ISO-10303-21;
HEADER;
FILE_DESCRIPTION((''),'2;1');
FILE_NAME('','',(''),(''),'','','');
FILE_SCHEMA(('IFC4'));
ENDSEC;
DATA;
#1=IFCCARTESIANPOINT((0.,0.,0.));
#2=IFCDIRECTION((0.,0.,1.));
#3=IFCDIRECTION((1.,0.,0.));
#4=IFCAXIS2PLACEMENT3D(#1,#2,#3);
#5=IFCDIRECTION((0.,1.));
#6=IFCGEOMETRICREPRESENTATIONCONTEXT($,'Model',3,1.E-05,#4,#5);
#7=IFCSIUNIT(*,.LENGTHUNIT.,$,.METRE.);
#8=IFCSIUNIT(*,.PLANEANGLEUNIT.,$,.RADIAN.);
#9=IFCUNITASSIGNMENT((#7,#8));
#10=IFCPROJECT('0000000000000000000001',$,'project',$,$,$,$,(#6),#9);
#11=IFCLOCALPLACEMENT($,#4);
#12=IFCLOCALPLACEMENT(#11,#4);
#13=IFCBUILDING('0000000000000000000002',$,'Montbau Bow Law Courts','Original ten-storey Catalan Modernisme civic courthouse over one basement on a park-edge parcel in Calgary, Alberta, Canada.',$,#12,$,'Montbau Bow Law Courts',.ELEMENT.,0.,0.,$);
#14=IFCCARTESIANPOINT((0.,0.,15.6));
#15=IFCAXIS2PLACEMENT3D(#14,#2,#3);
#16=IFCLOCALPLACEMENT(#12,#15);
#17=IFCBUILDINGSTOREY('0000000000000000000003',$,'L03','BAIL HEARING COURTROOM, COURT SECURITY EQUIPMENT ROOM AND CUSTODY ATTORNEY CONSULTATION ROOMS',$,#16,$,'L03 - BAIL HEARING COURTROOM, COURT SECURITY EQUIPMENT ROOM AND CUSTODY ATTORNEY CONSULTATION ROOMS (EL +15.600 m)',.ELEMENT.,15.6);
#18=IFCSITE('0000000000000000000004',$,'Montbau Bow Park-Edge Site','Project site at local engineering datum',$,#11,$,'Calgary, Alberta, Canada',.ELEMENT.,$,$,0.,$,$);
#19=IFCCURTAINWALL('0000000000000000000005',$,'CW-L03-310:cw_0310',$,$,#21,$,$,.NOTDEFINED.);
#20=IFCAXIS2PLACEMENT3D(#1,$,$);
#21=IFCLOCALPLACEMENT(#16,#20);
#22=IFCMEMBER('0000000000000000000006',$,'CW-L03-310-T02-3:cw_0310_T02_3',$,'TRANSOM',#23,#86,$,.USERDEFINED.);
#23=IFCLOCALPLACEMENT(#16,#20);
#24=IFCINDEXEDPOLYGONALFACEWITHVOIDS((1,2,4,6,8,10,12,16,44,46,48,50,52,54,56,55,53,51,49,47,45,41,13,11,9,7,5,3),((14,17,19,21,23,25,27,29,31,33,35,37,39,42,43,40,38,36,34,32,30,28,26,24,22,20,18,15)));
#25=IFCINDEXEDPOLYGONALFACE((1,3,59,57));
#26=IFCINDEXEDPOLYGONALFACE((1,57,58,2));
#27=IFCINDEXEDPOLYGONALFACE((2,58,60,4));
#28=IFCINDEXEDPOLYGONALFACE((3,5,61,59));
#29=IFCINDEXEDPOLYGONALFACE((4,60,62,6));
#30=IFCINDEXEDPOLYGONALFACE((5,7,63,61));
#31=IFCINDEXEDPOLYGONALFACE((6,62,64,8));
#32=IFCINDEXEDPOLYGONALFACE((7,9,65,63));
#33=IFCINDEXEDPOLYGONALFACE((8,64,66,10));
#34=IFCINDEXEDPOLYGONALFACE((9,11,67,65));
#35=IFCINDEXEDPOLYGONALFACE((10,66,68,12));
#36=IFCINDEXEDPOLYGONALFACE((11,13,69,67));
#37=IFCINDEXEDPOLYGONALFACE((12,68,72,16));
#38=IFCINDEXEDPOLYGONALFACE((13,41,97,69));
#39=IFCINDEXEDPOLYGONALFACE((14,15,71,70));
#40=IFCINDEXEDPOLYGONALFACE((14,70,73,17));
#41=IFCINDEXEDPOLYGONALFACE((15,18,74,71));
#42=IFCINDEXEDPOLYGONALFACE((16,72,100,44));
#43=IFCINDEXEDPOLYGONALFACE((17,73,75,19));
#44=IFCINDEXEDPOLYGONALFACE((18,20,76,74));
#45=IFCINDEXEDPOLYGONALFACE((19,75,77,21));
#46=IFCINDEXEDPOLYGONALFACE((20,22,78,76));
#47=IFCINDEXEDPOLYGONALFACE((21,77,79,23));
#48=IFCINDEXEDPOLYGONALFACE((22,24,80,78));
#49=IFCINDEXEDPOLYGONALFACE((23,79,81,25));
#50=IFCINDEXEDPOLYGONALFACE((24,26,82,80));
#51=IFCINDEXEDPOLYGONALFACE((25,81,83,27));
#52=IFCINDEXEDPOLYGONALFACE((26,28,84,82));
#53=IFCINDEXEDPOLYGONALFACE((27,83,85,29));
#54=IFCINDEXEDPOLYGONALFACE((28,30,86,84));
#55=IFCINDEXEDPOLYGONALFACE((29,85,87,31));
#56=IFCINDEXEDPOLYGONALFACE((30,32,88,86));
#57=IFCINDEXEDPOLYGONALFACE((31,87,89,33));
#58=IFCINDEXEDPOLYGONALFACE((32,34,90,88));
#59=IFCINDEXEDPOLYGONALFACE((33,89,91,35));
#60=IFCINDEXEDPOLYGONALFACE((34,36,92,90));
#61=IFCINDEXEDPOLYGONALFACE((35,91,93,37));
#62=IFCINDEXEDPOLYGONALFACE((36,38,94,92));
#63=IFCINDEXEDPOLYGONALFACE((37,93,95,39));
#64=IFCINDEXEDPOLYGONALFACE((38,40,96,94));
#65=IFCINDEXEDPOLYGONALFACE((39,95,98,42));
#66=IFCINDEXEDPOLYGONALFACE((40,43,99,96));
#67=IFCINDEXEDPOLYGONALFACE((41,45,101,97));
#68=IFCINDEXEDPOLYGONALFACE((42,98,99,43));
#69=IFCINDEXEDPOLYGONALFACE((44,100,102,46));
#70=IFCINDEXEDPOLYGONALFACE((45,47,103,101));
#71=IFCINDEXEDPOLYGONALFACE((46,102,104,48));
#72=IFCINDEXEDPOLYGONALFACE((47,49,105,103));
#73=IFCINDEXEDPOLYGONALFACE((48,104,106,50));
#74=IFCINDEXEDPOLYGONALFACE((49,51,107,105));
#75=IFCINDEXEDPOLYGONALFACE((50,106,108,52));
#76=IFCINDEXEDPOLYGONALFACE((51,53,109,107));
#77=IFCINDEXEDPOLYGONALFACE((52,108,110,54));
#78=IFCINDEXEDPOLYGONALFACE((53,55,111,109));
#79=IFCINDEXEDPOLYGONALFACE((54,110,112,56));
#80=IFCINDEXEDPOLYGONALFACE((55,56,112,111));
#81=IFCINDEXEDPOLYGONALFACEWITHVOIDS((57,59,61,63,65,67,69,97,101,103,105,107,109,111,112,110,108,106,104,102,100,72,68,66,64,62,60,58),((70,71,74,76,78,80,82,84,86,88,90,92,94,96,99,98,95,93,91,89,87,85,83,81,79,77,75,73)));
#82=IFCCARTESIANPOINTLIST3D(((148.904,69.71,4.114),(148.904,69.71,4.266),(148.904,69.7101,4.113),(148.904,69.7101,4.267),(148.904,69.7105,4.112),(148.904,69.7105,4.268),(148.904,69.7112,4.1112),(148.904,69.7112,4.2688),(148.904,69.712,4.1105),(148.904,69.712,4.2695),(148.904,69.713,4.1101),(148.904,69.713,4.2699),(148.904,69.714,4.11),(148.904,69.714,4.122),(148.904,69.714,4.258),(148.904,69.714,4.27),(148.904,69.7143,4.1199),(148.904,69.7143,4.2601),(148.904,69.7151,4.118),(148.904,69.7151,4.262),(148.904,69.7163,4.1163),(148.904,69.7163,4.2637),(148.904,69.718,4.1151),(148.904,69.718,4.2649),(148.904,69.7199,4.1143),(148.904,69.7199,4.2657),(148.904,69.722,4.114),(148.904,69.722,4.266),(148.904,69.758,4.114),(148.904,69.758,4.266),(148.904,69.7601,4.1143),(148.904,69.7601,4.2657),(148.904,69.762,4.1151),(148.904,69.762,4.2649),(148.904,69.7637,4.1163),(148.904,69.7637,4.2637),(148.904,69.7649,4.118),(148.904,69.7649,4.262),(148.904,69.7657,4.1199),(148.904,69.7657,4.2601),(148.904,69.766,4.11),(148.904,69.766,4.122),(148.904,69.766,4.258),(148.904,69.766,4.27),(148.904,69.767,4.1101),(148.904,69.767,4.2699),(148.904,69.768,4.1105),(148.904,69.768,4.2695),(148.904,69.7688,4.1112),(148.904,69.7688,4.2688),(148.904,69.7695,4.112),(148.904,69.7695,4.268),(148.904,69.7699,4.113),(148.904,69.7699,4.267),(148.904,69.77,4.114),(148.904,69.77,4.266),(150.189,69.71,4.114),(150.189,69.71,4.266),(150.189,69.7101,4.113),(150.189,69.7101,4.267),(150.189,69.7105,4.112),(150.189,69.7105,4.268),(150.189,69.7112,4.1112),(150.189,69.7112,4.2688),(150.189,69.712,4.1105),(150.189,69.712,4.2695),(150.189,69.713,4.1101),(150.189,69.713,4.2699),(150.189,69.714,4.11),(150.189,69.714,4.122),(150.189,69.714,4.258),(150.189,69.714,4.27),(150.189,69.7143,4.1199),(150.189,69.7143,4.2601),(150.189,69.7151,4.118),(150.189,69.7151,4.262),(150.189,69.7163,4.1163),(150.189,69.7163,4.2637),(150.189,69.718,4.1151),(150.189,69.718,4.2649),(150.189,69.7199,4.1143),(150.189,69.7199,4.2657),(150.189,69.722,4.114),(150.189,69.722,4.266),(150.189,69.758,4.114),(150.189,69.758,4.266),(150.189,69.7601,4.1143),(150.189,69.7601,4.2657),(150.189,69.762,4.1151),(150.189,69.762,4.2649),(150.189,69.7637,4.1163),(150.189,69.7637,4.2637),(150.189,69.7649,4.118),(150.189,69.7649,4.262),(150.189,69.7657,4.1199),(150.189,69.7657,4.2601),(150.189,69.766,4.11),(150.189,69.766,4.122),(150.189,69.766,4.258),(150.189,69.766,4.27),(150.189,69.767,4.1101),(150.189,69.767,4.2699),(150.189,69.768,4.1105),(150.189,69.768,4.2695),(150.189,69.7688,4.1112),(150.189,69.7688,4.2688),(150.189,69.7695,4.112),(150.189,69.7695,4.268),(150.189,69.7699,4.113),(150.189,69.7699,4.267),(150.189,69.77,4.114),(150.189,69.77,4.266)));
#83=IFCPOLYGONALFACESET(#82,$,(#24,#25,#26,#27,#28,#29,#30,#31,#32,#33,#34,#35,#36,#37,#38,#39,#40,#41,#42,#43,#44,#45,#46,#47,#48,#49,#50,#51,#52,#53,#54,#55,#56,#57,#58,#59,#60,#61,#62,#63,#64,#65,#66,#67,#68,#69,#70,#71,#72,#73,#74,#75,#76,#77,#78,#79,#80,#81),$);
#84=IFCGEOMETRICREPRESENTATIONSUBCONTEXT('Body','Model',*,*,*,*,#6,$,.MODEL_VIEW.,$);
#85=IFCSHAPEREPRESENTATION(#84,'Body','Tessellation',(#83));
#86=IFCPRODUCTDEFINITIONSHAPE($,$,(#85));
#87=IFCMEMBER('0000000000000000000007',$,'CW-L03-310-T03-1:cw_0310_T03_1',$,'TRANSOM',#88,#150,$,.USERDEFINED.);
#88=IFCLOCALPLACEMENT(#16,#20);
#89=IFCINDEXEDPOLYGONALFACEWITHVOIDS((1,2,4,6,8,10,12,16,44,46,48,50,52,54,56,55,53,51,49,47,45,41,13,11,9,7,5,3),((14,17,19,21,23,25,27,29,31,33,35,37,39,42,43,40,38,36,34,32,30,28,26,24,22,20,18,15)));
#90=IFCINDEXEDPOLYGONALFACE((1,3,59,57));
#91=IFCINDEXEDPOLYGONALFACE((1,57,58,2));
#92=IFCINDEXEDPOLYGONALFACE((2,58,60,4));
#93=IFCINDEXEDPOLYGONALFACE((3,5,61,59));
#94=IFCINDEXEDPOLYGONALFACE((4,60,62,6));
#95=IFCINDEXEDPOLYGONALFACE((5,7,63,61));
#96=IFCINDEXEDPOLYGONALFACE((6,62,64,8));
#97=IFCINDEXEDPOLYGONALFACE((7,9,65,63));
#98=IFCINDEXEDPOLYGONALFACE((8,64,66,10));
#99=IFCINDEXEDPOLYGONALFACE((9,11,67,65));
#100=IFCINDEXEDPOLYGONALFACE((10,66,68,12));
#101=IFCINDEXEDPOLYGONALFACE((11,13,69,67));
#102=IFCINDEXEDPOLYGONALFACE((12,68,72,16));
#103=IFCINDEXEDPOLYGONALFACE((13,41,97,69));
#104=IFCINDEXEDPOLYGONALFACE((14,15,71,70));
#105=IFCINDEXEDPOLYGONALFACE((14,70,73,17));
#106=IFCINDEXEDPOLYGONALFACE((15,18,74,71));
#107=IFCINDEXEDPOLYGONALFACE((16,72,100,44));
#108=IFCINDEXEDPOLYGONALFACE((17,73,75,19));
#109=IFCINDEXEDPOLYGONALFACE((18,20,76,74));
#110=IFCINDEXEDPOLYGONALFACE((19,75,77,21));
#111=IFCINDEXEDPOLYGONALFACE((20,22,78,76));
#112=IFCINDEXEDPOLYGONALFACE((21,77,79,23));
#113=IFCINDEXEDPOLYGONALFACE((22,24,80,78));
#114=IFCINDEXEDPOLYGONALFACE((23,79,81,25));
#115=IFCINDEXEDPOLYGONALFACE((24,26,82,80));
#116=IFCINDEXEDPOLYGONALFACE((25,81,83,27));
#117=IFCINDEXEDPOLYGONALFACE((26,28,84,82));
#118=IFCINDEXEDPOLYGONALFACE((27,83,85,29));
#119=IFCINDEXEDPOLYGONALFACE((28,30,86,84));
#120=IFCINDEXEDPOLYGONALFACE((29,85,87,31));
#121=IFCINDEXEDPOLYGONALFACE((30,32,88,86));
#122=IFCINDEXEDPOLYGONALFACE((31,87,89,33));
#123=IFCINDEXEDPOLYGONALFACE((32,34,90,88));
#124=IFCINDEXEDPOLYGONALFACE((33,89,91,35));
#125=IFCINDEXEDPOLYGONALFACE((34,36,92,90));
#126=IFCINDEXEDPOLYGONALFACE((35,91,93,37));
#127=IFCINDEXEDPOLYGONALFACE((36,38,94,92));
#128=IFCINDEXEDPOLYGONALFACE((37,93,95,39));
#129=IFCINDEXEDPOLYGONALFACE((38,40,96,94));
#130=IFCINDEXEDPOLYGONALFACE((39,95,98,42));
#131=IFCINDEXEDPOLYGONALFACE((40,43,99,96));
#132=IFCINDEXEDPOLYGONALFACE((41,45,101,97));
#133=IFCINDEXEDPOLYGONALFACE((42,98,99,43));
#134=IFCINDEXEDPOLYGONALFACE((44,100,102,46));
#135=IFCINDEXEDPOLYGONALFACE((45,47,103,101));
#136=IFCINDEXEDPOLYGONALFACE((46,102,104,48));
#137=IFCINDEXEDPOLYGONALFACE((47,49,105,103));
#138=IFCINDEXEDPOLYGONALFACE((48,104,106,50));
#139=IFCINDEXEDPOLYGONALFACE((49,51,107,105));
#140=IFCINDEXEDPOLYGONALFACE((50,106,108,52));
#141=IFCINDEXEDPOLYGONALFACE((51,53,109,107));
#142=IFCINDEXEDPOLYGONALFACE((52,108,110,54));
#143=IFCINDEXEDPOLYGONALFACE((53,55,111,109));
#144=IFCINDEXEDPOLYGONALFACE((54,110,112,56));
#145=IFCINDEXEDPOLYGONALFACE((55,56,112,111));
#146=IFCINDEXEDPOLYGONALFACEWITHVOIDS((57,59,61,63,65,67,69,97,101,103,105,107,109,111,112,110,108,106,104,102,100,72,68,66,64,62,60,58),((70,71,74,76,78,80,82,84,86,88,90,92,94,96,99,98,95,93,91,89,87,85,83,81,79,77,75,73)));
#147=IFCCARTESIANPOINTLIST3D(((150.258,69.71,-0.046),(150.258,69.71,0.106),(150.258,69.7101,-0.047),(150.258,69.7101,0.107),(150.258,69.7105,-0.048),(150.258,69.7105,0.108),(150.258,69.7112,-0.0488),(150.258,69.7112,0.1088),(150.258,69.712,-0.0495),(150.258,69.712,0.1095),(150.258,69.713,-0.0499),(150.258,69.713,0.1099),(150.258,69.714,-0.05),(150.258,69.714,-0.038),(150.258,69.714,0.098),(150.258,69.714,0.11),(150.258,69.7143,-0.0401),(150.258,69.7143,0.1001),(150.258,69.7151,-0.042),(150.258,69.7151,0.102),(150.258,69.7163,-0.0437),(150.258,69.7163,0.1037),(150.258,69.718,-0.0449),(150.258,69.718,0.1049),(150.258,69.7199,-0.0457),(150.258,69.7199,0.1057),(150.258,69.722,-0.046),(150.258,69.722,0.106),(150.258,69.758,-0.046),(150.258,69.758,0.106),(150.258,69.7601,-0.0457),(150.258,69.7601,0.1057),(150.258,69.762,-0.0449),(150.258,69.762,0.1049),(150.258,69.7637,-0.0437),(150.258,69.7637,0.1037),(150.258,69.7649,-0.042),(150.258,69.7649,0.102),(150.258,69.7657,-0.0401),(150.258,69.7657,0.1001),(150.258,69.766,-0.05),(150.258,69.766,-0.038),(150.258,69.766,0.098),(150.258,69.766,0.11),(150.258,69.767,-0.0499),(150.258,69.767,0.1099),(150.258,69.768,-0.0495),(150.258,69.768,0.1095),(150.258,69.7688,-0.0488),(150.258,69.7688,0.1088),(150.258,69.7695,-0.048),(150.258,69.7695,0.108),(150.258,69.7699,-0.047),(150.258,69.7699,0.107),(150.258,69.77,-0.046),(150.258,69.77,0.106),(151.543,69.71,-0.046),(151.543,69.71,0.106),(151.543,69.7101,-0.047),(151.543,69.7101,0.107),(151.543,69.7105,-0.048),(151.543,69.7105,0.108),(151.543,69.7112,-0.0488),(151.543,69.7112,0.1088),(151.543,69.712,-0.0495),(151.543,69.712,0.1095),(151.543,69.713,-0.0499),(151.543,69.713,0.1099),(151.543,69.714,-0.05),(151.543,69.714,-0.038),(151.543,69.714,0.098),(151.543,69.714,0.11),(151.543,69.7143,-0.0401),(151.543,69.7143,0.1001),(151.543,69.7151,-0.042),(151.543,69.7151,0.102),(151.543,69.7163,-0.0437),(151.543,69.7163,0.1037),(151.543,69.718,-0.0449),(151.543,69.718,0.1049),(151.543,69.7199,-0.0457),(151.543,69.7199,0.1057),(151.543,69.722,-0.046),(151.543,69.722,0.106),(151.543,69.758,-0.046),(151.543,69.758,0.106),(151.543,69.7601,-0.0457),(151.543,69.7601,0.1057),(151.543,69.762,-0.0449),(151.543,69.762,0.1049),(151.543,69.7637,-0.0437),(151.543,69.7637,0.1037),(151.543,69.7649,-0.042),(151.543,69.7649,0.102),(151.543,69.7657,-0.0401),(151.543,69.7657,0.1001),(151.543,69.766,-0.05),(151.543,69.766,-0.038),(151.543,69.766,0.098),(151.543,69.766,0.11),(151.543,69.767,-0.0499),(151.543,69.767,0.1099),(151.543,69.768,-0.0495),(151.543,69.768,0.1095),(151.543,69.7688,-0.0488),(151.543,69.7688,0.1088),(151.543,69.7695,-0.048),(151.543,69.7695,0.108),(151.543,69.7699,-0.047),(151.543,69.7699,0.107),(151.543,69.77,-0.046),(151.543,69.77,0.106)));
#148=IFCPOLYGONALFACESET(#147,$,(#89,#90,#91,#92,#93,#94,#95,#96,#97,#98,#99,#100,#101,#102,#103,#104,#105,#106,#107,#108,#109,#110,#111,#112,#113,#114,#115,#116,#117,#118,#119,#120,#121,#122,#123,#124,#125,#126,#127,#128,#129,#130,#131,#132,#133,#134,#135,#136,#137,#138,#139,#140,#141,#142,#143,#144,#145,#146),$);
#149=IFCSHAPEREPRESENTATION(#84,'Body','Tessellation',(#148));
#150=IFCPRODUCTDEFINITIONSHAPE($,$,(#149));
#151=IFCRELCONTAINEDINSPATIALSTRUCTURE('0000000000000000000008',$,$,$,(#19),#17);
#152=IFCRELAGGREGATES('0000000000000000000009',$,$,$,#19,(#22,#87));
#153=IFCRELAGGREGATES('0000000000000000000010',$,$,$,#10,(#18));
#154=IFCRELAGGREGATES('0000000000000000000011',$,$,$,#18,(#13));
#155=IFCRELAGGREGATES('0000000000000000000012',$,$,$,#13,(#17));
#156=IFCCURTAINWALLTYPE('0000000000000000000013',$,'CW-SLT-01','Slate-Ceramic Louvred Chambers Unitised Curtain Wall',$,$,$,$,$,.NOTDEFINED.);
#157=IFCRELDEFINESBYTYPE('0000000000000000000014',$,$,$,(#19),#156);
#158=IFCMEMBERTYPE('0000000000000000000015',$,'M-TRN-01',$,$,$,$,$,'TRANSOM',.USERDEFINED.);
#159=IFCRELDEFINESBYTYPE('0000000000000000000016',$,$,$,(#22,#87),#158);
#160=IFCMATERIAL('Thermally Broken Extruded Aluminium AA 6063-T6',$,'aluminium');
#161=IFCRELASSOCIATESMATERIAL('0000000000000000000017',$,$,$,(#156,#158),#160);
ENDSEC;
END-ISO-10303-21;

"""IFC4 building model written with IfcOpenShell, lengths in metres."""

from ifc_helpers import new_model, si_unit, direction, frame, origin_with_axes, origin_2d_with_axis, place, context, subcontext, project, spatial, hollow_rectangle, extrude, material, material_profile, profile_set, type_object, element, aggregate, save


model = new_model("IFC4")

# Units and contexts
model_context = context("Model", 3, precision=1e-05, world=origin_with_axes(), true_north=direction((0.0, 1.0)))
body_context = subcontext(model_context, "Body", "Model", "MODEL_VIEW")
ifc_project = project(units=[si_unit("LENGTHUNIT", "METRE"), si_unit("PLANEANGLEUNIT", "RADIAN")], contexts=[model_context])

# Site, building, storey
site_placement = place(None, origin_with_axes())
site = spatial("IfcSite", under=ifc_project, at=site_placement, Name="Montbau Bow Park-Edge Site", Description="Project site at local engineering datum", LongName="Calgary, Alberta, Canada", CompositionType="ELEMENT", RefElevation=0.0)
building_placement = place(site_placement, origin_with_axes())
building = spatial("IfcBuilding", under=site, at=building_placement, Name="Montbau Bow Law Courts", Description="Original ten-storey Catalan Modernisme civic courthouse over one basement on a park-edge parcel in Calgary, Alberta, Canada.", LongName="Montbau Bow Law Courts", CompositionType="ELEMENT", ElevationOfRefHeight=0.0, ElevationOfTerrain=0.0)
storey_placement = place(building_placement, frame((0.0, 0.0, 15.6), z_axis=(0.0, 0.0, 1.0), x_axis=(1.0, 0.0, 0.0)))
storey = spatial("IfcBuildingStorey", under=building, at=storey_placement, Name="L03", Description="BAIL HEARING COURTROOM, COURT SECURITY EQUIPMENT ROOM AND CUSTODY ATTORNEY CONSULTATION ROOMS", LongName="L03 - BAIL HEARING COURTROOM, COURT SECURITY EQUIPMENT ROOM AND CUSTODY ATTORNEY CONSULTATION ROOMS (EL +15.600 m)", CompositionType="ELEMENT", Elevation=15.6)

# Curtain wall, members
ifc_material_1 = material(Name="Thermally Broken Extruded Aluminium AA 6063-T6", Category="aluminium")
curtain_wall_type = type_object("IfcCurtainWallType", Name="CW-SLT-01", Description="Slate-Ceramic Louvred Chambers Unitised Curtain Wall", PredefinedType="NOTDEFINED", material=ifc_material_1)
curtain_wall_placement = place(None, frame((147.515, 69.74, 15.6), z_axis=(0.0, 0.0, 1.0), x_axis=(1.0, 0.0, 0.0)))
curtain_wall = element("IfcCurtainWall", 1, at=curtain_wall_placement, inside=storey, type_object=curtain_wall_type, Name="CW-L03-310:cw_0310", PredefinedType="NOTDEFINED")
ifc_material_profile_1 = material_profile(ifc_material_1, hollow_rectangle(XDim=0.06, YDim=0.16, WallThickness=0.004, InnerFilletRadius=0.008, OuterFilletRadius=0.004, at=origin_2d_with_axis()), Name="CWT-160X60", Category="Main", Priority=0)
ifc_profile_set_1 = profile_set([ifc_material_profile_1], Name="Thermally Broken Extruded Aluminium AA 6063-T6")
member_type_1 = type_object("IfcMemberType", Name="M-TRN-01", ElementType="TRANSOM", PredefinedType="USERDEFINED", material=ifc_profile_set_1)
member_1_placement = place(None, frame((148.904, 69.74, 19.79), z_axis=(1.0, 0.0, 0.0), x_axis=(0.0, 1.0, 0.0)))
member_1 = element("IfcMember", 2, at=member_1_placement, type_object=member_type_1, Name="CW-L03-310-T02-3:cw_0310_T02_3", ObjectType="TRANSOM", PredefinedType="USERDEFINED", context=body_context, shape_type="SweptSolid", body=[
    extrude(hollow_rectangle(XDim=0.06, YDim=0.16, WallThickness=0.004, InnerFilletRadius=0.008, OuterFilletRadius=0.004, at=origin_2d_with_axis()), origin_with_axes(), (0.0, 0.0, 1.0), 1.285),
])
member_2_placement = place(None, frame((150.258, 69.74, 15.63), z_axis=(1.0, 0.0, 0.0), x_axis=(0.0, 1.0, 0.0)))
member_2 = element("IfcMember", 3, at=member_2_placement, type_object=member_type_1, Name="CW-L03-310-T03-1:cw_0310_T03_1", ObjectType="TRANSOM", PredefinedType="USERDEFINED", context=body_context, shape_type="SweptSolid", body=[
    extrude(hollow_rectangle(XDim=0.06, YDim=0.16, WallThickness=0.004, InnerFilletRadius=0.008, OuterFilletRadius=0.004, at=origin_2d_with_axis()), origin_with_axes(), (0.0, 0.0, 1.0), 1.285),
])
aggregate(curtain_wall, [member_1, member_2])

save(model, "model.ifc")
